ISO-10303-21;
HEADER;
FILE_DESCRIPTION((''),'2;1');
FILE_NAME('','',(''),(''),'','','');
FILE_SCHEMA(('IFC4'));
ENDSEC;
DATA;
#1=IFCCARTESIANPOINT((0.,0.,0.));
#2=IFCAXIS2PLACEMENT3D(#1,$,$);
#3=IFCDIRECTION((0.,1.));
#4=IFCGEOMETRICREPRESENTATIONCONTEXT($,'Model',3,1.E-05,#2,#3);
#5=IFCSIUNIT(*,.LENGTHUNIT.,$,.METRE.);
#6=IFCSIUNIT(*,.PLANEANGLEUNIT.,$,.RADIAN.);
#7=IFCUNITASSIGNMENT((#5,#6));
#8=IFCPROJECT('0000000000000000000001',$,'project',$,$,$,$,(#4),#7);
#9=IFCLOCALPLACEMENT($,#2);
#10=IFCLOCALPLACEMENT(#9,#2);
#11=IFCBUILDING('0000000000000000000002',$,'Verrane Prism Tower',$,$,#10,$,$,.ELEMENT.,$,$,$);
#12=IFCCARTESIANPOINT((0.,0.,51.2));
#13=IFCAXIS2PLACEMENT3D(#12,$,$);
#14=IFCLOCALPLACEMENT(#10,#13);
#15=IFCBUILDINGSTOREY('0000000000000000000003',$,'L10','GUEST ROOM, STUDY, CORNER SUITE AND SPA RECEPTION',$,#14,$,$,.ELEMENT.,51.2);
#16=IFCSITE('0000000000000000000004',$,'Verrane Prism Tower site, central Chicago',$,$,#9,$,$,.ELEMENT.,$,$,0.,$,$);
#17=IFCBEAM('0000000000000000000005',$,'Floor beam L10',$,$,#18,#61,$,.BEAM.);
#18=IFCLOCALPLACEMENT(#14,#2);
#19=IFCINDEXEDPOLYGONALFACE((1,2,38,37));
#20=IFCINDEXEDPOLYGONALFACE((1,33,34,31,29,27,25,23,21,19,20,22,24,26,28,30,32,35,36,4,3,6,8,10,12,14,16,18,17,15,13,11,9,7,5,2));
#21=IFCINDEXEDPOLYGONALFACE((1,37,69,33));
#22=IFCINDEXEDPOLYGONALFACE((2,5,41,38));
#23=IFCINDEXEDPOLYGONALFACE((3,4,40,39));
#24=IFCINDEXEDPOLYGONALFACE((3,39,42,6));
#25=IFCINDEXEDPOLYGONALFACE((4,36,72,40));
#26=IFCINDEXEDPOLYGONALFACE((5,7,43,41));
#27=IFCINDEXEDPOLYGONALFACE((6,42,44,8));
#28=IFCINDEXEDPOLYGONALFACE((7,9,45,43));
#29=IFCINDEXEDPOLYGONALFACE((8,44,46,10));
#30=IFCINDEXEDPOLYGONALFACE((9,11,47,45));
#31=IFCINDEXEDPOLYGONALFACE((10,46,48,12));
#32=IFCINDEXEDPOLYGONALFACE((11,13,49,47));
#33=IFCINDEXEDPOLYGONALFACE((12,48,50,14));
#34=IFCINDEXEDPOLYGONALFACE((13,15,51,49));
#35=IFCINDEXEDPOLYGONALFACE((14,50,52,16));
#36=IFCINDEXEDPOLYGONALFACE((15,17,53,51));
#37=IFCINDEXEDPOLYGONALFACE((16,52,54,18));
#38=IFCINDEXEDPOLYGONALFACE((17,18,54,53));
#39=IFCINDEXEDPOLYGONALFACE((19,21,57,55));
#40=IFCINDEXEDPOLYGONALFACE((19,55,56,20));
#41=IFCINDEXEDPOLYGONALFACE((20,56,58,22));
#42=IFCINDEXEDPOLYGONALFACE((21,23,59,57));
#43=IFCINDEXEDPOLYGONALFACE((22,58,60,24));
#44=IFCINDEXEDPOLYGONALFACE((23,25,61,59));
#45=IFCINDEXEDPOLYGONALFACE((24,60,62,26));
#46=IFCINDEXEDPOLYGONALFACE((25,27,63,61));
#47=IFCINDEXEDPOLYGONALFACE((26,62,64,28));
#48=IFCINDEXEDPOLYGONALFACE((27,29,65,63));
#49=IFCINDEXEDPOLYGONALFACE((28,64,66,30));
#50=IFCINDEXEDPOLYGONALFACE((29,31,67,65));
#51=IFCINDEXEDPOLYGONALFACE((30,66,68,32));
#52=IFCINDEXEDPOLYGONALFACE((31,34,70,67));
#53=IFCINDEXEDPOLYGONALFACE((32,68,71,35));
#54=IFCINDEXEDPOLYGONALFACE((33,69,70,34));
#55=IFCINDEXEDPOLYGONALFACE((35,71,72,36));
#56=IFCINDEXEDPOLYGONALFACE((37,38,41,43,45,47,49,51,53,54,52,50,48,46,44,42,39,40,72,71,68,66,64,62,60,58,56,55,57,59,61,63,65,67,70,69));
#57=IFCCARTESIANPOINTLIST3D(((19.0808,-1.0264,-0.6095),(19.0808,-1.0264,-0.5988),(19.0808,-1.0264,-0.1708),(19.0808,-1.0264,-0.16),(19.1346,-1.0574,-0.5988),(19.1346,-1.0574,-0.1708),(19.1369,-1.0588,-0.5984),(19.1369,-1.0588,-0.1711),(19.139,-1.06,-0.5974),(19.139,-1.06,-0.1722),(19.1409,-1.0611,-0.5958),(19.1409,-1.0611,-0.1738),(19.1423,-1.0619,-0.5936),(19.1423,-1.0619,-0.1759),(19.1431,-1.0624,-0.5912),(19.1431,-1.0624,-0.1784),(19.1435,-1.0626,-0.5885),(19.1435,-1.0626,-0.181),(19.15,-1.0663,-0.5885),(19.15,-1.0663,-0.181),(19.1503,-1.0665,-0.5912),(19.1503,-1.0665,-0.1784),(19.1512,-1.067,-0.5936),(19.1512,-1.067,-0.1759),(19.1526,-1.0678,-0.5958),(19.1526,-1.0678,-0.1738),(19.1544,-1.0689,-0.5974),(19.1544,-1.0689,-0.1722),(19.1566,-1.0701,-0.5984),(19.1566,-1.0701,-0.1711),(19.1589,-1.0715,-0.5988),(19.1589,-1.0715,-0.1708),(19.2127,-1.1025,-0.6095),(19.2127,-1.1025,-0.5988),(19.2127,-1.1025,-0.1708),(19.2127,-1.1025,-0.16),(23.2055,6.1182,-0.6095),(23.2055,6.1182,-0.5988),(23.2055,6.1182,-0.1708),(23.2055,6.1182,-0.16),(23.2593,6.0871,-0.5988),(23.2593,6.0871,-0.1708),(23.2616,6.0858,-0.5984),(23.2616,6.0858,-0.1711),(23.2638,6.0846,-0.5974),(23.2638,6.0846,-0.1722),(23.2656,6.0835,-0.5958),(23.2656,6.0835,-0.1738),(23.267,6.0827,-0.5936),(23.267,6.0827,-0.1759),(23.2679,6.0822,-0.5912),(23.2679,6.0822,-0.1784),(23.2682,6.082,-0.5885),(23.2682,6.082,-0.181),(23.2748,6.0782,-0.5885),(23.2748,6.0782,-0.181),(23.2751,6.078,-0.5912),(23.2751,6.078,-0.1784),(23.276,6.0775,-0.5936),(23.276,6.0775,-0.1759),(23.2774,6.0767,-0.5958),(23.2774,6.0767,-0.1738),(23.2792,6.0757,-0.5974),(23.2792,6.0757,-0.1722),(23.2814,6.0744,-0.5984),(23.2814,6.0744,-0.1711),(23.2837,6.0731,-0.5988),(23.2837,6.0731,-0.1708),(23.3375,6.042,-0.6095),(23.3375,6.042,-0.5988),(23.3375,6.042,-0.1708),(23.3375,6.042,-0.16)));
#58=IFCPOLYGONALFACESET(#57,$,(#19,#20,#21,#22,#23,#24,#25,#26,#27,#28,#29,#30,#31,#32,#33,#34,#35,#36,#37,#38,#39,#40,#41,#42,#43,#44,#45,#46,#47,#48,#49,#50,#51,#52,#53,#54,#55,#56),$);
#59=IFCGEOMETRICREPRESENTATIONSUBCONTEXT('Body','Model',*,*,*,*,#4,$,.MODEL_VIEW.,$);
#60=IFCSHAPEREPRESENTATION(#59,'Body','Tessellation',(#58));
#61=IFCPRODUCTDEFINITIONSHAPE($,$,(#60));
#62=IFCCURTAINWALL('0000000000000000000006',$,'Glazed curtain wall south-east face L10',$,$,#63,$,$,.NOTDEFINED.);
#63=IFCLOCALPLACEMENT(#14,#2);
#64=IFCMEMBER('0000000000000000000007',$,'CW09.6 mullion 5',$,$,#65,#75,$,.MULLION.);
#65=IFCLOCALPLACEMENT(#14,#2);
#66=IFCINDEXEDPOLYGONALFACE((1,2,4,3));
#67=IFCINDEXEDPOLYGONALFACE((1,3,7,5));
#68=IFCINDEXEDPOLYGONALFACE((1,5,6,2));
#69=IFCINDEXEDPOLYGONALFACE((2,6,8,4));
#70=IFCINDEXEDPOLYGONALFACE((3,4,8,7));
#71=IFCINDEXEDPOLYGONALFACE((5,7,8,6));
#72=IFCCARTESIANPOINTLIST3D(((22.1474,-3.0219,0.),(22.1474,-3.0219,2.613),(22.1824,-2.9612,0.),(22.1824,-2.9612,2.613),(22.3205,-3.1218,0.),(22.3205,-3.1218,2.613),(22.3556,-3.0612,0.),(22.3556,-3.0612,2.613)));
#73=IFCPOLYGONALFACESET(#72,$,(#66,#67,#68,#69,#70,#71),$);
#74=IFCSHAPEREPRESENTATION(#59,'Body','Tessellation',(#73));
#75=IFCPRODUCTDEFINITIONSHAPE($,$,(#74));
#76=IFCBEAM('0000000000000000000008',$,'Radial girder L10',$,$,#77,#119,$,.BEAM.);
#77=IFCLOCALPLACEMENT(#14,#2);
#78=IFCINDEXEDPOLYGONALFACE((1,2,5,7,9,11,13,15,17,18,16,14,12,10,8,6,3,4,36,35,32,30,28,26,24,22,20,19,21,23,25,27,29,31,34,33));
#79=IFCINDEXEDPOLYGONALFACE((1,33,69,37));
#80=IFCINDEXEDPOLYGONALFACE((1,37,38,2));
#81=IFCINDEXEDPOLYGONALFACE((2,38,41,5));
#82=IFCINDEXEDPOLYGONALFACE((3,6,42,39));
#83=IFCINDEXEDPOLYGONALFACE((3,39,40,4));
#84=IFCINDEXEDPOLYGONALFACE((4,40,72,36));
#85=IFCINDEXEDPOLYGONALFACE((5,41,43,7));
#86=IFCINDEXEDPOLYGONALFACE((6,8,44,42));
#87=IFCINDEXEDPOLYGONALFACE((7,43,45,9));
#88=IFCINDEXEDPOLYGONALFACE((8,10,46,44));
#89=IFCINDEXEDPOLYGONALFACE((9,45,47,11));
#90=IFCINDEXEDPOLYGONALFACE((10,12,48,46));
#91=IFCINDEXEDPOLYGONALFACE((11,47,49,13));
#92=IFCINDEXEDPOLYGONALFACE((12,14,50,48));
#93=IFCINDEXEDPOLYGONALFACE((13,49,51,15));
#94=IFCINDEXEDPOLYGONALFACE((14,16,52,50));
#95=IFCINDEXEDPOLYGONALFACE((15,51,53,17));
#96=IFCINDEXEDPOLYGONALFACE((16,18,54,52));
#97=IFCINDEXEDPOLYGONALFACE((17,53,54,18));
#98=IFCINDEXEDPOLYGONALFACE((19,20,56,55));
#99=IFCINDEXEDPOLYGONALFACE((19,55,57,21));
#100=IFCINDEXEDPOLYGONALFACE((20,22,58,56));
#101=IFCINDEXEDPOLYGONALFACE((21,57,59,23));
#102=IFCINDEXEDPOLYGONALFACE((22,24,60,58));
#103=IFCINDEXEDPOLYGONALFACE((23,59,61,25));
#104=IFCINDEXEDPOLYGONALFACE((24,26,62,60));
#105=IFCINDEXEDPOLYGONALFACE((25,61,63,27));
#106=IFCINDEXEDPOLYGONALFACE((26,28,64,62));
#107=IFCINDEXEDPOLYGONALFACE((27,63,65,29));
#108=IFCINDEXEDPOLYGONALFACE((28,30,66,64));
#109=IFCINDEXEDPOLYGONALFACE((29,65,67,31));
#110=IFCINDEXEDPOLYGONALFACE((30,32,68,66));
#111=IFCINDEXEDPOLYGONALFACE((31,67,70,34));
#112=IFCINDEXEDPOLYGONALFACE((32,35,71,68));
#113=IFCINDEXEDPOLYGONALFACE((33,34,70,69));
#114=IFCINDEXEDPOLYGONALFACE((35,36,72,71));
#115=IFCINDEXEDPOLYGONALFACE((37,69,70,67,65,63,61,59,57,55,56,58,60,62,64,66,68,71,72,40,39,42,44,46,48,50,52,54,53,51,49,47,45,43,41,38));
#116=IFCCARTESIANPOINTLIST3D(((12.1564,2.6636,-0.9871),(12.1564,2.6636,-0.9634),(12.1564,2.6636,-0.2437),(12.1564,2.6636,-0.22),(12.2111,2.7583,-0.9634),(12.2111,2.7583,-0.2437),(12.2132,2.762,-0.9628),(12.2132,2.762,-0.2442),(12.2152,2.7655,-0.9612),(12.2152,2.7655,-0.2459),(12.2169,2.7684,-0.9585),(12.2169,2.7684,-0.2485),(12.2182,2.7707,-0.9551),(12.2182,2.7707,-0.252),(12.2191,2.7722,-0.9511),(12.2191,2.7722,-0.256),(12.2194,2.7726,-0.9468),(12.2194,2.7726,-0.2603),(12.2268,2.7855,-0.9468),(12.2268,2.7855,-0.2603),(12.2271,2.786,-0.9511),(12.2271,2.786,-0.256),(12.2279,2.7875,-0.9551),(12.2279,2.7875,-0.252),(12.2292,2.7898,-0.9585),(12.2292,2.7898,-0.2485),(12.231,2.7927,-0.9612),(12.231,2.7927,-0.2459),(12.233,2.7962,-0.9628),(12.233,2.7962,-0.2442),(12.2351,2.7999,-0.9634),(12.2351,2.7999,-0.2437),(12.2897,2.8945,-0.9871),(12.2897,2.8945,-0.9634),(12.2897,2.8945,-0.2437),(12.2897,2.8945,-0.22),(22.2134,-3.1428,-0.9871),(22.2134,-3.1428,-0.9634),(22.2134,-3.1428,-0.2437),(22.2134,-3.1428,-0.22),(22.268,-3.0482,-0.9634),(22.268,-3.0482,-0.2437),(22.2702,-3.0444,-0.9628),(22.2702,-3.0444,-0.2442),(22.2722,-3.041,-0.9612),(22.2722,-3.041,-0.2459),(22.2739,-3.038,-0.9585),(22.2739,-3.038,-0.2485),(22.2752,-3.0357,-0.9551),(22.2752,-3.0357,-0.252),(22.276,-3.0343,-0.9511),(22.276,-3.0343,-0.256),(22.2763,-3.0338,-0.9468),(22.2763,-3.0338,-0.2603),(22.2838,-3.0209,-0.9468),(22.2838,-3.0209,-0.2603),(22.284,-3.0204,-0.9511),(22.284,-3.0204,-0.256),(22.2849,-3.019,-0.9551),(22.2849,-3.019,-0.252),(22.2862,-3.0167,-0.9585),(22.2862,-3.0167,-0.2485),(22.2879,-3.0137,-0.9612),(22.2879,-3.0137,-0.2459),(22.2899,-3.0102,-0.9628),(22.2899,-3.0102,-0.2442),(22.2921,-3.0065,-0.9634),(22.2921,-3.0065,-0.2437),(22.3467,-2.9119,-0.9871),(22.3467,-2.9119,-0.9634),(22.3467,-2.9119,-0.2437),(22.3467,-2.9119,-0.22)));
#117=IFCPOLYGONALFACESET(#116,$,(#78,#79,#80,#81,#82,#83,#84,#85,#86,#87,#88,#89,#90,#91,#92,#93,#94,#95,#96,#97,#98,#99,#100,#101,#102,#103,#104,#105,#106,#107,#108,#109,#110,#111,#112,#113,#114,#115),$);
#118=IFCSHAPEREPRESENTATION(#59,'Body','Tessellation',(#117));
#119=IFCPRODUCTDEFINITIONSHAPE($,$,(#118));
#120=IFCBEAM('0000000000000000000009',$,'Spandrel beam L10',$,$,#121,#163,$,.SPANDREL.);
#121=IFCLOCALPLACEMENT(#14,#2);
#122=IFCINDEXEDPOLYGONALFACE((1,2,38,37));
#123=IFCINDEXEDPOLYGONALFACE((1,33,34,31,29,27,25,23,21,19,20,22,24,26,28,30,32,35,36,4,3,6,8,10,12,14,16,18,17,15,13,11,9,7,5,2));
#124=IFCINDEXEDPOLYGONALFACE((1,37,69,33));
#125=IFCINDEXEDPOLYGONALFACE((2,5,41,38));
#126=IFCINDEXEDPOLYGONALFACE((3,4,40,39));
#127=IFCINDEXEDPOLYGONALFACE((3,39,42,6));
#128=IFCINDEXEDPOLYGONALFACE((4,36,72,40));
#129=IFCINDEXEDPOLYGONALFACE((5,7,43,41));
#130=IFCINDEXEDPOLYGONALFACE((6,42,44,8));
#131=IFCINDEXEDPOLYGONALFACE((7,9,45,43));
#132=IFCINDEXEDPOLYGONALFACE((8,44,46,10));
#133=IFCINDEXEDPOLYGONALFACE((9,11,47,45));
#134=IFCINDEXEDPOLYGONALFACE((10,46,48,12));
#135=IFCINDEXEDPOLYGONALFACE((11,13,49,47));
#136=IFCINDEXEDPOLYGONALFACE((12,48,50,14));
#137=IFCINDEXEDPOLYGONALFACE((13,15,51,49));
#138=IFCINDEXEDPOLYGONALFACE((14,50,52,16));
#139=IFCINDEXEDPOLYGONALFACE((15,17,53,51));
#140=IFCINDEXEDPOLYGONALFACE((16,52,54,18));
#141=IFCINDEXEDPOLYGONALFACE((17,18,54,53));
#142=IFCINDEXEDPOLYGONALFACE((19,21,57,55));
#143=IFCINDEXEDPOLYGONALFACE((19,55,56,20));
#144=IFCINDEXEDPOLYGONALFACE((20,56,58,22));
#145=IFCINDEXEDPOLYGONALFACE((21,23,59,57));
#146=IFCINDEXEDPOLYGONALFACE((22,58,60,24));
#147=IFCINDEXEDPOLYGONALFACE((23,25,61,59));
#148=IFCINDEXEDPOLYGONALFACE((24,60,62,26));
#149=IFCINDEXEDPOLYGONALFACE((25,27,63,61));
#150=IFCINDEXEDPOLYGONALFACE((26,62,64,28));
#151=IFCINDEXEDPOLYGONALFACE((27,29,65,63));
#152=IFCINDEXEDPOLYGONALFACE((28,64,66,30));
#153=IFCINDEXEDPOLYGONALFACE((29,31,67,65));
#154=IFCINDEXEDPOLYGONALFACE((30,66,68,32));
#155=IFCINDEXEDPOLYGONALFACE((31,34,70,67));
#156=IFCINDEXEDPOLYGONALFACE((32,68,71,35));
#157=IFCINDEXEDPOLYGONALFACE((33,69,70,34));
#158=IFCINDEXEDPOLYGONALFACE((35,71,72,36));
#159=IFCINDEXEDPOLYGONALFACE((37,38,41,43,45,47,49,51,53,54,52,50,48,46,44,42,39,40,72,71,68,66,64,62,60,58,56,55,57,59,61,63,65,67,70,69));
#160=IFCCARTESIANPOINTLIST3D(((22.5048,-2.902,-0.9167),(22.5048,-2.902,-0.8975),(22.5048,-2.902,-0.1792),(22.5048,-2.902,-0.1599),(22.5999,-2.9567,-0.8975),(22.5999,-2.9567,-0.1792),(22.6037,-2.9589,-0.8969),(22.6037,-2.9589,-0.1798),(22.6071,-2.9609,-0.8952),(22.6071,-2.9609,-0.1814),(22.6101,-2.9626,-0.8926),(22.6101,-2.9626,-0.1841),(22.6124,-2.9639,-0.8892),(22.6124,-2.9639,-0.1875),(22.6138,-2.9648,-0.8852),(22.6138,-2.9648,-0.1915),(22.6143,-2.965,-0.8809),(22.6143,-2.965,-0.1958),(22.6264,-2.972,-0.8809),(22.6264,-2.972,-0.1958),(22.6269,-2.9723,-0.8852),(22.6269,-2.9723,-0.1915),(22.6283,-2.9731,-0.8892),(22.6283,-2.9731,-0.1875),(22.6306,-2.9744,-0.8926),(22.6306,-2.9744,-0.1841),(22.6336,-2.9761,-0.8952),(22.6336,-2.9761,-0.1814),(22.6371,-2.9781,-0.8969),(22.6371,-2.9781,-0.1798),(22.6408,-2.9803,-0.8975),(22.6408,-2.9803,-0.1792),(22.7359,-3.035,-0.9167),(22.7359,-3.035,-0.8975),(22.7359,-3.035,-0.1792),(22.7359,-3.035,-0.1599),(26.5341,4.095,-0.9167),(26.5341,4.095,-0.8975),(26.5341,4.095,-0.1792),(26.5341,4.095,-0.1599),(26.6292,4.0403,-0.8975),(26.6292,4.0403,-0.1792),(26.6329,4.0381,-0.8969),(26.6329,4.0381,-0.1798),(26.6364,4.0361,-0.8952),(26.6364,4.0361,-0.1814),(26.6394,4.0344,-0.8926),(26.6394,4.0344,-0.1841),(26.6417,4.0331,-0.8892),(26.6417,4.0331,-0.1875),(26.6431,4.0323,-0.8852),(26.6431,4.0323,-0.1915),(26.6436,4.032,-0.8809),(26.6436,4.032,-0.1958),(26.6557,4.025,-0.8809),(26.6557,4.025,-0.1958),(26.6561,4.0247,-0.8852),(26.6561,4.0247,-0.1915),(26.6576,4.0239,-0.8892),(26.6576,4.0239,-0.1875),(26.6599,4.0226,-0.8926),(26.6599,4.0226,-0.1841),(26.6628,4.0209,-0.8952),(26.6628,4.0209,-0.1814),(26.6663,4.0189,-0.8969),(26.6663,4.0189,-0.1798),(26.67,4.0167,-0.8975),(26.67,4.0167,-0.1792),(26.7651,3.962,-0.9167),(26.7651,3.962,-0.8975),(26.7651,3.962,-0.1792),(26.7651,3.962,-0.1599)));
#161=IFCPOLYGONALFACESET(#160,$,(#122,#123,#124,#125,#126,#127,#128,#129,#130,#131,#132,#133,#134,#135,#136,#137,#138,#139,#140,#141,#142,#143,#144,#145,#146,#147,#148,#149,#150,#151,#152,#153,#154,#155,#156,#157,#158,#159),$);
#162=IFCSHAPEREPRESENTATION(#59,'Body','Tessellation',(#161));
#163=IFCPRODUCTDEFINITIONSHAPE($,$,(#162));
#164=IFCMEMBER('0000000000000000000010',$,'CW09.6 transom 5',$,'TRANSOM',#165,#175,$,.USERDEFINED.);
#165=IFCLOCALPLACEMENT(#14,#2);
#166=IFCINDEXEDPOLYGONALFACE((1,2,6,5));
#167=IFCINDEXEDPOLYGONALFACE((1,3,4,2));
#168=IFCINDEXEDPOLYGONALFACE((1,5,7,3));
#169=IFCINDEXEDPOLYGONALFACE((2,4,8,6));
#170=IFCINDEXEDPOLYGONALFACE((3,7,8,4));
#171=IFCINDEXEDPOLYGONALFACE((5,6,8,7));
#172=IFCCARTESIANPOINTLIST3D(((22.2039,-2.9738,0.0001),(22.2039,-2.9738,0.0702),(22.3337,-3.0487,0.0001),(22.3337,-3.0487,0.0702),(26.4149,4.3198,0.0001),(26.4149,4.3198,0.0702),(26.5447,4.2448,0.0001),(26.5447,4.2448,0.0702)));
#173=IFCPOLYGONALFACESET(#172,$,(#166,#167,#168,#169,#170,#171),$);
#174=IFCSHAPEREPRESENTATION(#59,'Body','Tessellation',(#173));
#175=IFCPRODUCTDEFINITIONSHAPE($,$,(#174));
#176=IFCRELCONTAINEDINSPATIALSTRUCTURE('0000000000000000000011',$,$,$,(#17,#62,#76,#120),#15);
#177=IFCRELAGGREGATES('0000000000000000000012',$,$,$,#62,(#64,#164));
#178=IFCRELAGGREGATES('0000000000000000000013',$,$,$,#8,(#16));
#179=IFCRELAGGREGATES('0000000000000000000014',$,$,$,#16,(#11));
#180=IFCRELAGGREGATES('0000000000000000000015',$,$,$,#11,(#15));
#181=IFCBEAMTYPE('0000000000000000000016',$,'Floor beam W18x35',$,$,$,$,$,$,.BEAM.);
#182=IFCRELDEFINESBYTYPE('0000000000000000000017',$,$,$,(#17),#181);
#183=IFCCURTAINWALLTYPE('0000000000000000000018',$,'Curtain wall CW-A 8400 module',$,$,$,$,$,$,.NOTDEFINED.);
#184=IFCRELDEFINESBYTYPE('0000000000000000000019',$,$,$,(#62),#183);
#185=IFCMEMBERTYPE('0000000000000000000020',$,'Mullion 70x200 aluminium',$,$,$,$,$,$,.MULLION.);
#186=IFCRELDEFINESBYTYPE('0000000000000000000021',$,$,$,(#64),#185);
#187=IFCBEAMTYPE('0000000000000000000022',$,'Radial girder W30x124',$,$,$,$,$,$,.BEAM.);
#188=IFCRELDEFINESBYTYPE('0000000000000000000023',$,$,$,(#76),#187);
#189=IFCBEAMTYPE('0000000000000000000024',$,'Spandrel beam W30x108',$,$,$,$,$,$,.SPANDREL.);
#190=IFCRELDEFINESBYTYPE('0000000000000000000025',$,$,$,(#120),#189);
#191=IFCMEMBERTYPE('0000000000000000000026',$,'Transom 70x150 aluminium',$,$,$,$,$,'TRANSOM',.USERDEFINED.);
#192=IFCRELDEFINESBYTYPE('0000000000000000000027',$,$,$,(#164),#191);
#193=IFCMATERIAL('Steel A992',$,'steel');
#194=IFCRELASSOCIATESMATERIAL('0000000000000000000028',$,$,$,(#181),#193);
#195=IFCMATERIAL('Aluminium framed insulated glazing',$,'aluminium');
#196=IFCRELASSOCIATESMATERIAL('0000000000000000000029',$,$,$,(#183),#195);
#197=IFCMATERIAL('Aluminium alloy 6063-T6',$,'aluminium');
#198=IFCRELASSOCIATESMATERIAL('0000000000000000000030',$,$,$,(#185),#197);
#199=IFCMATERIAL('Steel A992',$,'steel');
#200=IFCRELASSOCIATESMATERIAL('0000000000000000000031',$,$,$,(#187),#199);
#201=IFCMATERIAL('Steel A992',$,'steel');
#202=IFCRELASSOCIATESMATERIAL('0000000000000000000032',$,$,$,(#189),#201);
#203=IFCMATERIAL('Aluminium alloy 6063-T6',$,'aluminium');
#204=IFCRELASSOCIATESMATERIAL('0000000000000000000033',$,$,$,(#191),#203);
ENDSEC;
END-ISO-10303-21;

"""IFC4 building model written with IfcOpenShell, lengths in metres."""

from ifc_helpers import new_model, si_unit, direction, frame, origin, origin_2d, place, context, subcontext, project, spatial, rectangle, i_section, extrude, material, material_profile, profile_set, type_object, element, aggregate, save


model = new_model("IFC4")

# Units and contexts
model_context = context("Model", 3, precision=1e-05, world=origin(), true_north=direction((0.0, 1.0)))
body_context = subcontext(model_context, "Body", "Model", "MODEL_VIEW")
ifc_project = project(units=[si_unit("LENGTHUNIT", "METRE"), si_unit("PLANEANGLEUNIT", "RADIAN")], contexts=[model_context])

# Site, building, storey
site_placement = place(None, origin())
site = spatial("IfcSite", under=ifc_project, at=site_placement, Name="Verrane Prism Tower site, central Chicago", CompositionType="ELEMENT", RefElevation=0.0)
building_placement = place(site_placement, origin())
building = spatial("IfcBuilding", under=site, at=building_placement, Name="Verrane Prism Tower", CompositionType="ELEMENT")
storey_placement = place(building_placement, frame((0.0, 0.0, 51.2)))
storey = spatial("IfcBuildingStorey", under=building, at=storey_placement, Name="L10", Description="GUEST ROOM, STUDY, CORNER SUITE AND SPA RECEPTION", CompositionType="ELEMENT", Elevation=51.2)

# Beam
ifc_material_1 = material(Name="Steel A992", Category="steel")
ifc_material_profile_1 = material_profile(ifc_material_1, i_section(OverallWidth=0.1523, OverallDepth=0.4495, WebThickness=0.0076, FlangeThickness=0.0107, FilletRadius=0.0103, at=origin_2d()), Name="W18x35")
ifc_profile_set_1 = profile_set([ifc_material_profile_1], Name="Steel A992")
beam_type_1 = type_object("IfcBeamType", Name="Floor beam W18x35", PredefinedType="BEAM", material=ifc_profile_set_1)
beam_1_placement = place(storey_placement, frame((19.1467, -1.0645, -0.3848), z_axis=(0.499987, 0.866033, 0.0), x_axis=(-0.866033, 0.499987, 0.0)))
element("IfcBeam", 1, at=beam_1_placement, inside=storey, type_object=beam_type_1, Name="Floor beam L10", PredefinedType="BEAM", context=body_context, shape_type="SweptSolid", body=[
    extrude(i_section(OverallWidth=0.1523, OverallDepth=0.4495, WebThickness=0.0076, FlangeThickness=0.0107, FilletRadius=0.0103, at=origin_2d()), origin(), (0.0, 0.0, 1.0), 8.2498),
])

# Curtain wall, member
ifc_material_2 = material(Name="Aluminium framed insulated glazing", Category="aluminium")
curtain_wall_type = type_object("IfcCurtainWallType", Name="Curtain wall CW-A 8400 module", PredefinedType="NOTDEFINED", material=ifc_material_2)
curtain_wall_placement = place(storey_placement, origin())
curtain_wall = element("IfcCurtainWall", 2, at=curtain_wall_placement, inside=storey, type_object=curtain_wall_type, Name="Glazed curtain wall south-east face L10", PredefinedType="NOTDEFINED")
ifc_material_3 = material(Name="Aluminium alloy 6063-T6", Category="aluminium")
ifc_material_profile_2 = material_profile(ifc_material_3, rectangle(XDim=0.2, YDim=0.0701, at=origin_2d()), Name="Mullion 70x200 aluminium")
ifc_profile_set_2 = profile_set([ifc_material_profile_2], Name="Aluminium alloy 6063-T6")
member_type_1 = type_object("IfcMemberType", Name="Mullion 70x200 aluminium", PredefinedType="MULLION", material=ifc_profile_set_2)
member_1_placement = place(storey_placement, frame((22.2515, -3.0415, 0.0), z_axis=(0.0, 0.0, 1.0), x_axis=(-0.866026, 0.499999, 0.0)))
member_1 = element("IfcMember", 3, at=member_1_placement, type_object=member_type_1, Name="CW09.6 mullion 5", PredefinedType="MULLION", context=body_context, shape_type="SweptSolid", body=[
    extrude(rectangle(XDim=0.2, YDim=0.0701, at=origin_2d()), origin(), (0.0, 0.0, 1.0), 2.613),
])

# Beams
ifc_material_4 = material(Name="Steel A992", Category="steel")
ifc_material_profile_3 = material_profile(ifc_material_4, i_section(OverallWidth=0.2666, OverallDepth=0.7671, WebThickness=0.0149, FlangeThickness=0.0237, FilletRadius=0.0166, at=origin_2d()), Name="W30x124")
ifc_profile_set_3 = profile_set([ifc_material_profile_3], Name="Steel A992")
beam_type_2 = type_object("IfcBeamType", Name="Radial girder W30x124", PredefinedType="BEAM", material=ifc_profile_set_3)
beam_2_placement = place(storey_placement, frame((22.28, -3.0273, -0.6035), z_axis=(-0.866023, 0.500003, 0.0), x_axis=(-0.500003, -0.866023, 0.0)))
element("IfcBeam", 4, at=beam_2_placement, inside=storey, type_object=beam_type_2, Name="Radial girder L10", PredefinedType="BEAM", context=body_context, shape_type="SweptSolid", body=[
    extrude(i_section(OverallWidth=0.2666, OverallDepth=0.7671, WebThickness=0.0149, FlangeThickness=0.0237, FilletRadius=0.0166, at=origin_2d()), origin(), (0.0, 0.0, 1.0), 11.6128),
])
ifc_material_5 = material(Name="Steel A992", Category="steel")
ifc_material_profile_4 = material_profile(ifc_material_5, i_section(OverallWidth=0.2666, OverallDepth=0.7568, WebThickness=0.0139, FlangeThickness=0.0193, FilletRadius=0.0166, at=origin_2d()), Name="W30x108")
ifc_profile_set_4 = profile_set([ifc_material_profile_4], Name="Steel A992")
beam_type_3 = type_object("IfcBeamType", Name="Spandrel beam W30x108", PredefinedType="SPANDREL", material=ifc_profile_set_4)
beam_3_placement = place(storey_placement, frame((22.6204, -2.9685, -0.5383), z_axis=(0.499028, 0.866586, 0.0), x_axis=(-0.866586, 0.499028, 0.0)))
element("IfcBeam", 5, at=beam_3_placement, inside=storey, type_object=beam_type_3, Name="Spandrel beam L10", PredefinedType="SPANDREL", context=body_context, shape_type="SweptSolid", body=[
    extrude(i_section(OverallWidth=0.2666, OverallDepth=0.7568, WebThickness=0.0139, FlangeThickness=0.0193, FilletRadius=0.0166, at=origin_2d()), origin(), (0.0, 0.0, 1.0), 8.0742),
])

# Member
ifc_material_6 = material(Name="Aluminium alloy 6063-T6", Category="aluminium")
ifc_material_profile_5 = material_profile(ifc_material_6, rectangle(XDim=0.1499, YDim=0.0701, at=origin_2d()), Name="Transom 70x150 aluminium")
ifc_profile_set_5 = profile_set([ifc_material_profile_5], Name="Aluminium alloy 6063-T6")
member_type_2 = type_object("IfcMemberType", Name="Transom 70x150 aluminium", ElementType="TRANSOM", PredefinedType="USERDEFINED", material=ifc_profile_set_5)
member_2_placement = place(storey_placement, frame((22.2688, -3.0112, 0.0352), z_axis=(0.500005, 0.866022, 0.0), x_axis=(-0.866022, 0.500005, 0.0)))
member_2 = element("IfcMember", 6, at=member_2_placement, type_object=member_type_2, Name="CW09.6 transom 5", ObjectType="TRANSOM", PredefinedType="USERDEFINED", context=body_context, shape_type="SweptSolid", body=[
    extrude(rectangle(XDim=0.1499, YDim=0.0701, at=origin_2d()), origin(), (0.0, 0.0, 1.0), 8.4219),
])

aggregate(curtain_wall, [member_1, member_2])

save(model, "model.ifc")
